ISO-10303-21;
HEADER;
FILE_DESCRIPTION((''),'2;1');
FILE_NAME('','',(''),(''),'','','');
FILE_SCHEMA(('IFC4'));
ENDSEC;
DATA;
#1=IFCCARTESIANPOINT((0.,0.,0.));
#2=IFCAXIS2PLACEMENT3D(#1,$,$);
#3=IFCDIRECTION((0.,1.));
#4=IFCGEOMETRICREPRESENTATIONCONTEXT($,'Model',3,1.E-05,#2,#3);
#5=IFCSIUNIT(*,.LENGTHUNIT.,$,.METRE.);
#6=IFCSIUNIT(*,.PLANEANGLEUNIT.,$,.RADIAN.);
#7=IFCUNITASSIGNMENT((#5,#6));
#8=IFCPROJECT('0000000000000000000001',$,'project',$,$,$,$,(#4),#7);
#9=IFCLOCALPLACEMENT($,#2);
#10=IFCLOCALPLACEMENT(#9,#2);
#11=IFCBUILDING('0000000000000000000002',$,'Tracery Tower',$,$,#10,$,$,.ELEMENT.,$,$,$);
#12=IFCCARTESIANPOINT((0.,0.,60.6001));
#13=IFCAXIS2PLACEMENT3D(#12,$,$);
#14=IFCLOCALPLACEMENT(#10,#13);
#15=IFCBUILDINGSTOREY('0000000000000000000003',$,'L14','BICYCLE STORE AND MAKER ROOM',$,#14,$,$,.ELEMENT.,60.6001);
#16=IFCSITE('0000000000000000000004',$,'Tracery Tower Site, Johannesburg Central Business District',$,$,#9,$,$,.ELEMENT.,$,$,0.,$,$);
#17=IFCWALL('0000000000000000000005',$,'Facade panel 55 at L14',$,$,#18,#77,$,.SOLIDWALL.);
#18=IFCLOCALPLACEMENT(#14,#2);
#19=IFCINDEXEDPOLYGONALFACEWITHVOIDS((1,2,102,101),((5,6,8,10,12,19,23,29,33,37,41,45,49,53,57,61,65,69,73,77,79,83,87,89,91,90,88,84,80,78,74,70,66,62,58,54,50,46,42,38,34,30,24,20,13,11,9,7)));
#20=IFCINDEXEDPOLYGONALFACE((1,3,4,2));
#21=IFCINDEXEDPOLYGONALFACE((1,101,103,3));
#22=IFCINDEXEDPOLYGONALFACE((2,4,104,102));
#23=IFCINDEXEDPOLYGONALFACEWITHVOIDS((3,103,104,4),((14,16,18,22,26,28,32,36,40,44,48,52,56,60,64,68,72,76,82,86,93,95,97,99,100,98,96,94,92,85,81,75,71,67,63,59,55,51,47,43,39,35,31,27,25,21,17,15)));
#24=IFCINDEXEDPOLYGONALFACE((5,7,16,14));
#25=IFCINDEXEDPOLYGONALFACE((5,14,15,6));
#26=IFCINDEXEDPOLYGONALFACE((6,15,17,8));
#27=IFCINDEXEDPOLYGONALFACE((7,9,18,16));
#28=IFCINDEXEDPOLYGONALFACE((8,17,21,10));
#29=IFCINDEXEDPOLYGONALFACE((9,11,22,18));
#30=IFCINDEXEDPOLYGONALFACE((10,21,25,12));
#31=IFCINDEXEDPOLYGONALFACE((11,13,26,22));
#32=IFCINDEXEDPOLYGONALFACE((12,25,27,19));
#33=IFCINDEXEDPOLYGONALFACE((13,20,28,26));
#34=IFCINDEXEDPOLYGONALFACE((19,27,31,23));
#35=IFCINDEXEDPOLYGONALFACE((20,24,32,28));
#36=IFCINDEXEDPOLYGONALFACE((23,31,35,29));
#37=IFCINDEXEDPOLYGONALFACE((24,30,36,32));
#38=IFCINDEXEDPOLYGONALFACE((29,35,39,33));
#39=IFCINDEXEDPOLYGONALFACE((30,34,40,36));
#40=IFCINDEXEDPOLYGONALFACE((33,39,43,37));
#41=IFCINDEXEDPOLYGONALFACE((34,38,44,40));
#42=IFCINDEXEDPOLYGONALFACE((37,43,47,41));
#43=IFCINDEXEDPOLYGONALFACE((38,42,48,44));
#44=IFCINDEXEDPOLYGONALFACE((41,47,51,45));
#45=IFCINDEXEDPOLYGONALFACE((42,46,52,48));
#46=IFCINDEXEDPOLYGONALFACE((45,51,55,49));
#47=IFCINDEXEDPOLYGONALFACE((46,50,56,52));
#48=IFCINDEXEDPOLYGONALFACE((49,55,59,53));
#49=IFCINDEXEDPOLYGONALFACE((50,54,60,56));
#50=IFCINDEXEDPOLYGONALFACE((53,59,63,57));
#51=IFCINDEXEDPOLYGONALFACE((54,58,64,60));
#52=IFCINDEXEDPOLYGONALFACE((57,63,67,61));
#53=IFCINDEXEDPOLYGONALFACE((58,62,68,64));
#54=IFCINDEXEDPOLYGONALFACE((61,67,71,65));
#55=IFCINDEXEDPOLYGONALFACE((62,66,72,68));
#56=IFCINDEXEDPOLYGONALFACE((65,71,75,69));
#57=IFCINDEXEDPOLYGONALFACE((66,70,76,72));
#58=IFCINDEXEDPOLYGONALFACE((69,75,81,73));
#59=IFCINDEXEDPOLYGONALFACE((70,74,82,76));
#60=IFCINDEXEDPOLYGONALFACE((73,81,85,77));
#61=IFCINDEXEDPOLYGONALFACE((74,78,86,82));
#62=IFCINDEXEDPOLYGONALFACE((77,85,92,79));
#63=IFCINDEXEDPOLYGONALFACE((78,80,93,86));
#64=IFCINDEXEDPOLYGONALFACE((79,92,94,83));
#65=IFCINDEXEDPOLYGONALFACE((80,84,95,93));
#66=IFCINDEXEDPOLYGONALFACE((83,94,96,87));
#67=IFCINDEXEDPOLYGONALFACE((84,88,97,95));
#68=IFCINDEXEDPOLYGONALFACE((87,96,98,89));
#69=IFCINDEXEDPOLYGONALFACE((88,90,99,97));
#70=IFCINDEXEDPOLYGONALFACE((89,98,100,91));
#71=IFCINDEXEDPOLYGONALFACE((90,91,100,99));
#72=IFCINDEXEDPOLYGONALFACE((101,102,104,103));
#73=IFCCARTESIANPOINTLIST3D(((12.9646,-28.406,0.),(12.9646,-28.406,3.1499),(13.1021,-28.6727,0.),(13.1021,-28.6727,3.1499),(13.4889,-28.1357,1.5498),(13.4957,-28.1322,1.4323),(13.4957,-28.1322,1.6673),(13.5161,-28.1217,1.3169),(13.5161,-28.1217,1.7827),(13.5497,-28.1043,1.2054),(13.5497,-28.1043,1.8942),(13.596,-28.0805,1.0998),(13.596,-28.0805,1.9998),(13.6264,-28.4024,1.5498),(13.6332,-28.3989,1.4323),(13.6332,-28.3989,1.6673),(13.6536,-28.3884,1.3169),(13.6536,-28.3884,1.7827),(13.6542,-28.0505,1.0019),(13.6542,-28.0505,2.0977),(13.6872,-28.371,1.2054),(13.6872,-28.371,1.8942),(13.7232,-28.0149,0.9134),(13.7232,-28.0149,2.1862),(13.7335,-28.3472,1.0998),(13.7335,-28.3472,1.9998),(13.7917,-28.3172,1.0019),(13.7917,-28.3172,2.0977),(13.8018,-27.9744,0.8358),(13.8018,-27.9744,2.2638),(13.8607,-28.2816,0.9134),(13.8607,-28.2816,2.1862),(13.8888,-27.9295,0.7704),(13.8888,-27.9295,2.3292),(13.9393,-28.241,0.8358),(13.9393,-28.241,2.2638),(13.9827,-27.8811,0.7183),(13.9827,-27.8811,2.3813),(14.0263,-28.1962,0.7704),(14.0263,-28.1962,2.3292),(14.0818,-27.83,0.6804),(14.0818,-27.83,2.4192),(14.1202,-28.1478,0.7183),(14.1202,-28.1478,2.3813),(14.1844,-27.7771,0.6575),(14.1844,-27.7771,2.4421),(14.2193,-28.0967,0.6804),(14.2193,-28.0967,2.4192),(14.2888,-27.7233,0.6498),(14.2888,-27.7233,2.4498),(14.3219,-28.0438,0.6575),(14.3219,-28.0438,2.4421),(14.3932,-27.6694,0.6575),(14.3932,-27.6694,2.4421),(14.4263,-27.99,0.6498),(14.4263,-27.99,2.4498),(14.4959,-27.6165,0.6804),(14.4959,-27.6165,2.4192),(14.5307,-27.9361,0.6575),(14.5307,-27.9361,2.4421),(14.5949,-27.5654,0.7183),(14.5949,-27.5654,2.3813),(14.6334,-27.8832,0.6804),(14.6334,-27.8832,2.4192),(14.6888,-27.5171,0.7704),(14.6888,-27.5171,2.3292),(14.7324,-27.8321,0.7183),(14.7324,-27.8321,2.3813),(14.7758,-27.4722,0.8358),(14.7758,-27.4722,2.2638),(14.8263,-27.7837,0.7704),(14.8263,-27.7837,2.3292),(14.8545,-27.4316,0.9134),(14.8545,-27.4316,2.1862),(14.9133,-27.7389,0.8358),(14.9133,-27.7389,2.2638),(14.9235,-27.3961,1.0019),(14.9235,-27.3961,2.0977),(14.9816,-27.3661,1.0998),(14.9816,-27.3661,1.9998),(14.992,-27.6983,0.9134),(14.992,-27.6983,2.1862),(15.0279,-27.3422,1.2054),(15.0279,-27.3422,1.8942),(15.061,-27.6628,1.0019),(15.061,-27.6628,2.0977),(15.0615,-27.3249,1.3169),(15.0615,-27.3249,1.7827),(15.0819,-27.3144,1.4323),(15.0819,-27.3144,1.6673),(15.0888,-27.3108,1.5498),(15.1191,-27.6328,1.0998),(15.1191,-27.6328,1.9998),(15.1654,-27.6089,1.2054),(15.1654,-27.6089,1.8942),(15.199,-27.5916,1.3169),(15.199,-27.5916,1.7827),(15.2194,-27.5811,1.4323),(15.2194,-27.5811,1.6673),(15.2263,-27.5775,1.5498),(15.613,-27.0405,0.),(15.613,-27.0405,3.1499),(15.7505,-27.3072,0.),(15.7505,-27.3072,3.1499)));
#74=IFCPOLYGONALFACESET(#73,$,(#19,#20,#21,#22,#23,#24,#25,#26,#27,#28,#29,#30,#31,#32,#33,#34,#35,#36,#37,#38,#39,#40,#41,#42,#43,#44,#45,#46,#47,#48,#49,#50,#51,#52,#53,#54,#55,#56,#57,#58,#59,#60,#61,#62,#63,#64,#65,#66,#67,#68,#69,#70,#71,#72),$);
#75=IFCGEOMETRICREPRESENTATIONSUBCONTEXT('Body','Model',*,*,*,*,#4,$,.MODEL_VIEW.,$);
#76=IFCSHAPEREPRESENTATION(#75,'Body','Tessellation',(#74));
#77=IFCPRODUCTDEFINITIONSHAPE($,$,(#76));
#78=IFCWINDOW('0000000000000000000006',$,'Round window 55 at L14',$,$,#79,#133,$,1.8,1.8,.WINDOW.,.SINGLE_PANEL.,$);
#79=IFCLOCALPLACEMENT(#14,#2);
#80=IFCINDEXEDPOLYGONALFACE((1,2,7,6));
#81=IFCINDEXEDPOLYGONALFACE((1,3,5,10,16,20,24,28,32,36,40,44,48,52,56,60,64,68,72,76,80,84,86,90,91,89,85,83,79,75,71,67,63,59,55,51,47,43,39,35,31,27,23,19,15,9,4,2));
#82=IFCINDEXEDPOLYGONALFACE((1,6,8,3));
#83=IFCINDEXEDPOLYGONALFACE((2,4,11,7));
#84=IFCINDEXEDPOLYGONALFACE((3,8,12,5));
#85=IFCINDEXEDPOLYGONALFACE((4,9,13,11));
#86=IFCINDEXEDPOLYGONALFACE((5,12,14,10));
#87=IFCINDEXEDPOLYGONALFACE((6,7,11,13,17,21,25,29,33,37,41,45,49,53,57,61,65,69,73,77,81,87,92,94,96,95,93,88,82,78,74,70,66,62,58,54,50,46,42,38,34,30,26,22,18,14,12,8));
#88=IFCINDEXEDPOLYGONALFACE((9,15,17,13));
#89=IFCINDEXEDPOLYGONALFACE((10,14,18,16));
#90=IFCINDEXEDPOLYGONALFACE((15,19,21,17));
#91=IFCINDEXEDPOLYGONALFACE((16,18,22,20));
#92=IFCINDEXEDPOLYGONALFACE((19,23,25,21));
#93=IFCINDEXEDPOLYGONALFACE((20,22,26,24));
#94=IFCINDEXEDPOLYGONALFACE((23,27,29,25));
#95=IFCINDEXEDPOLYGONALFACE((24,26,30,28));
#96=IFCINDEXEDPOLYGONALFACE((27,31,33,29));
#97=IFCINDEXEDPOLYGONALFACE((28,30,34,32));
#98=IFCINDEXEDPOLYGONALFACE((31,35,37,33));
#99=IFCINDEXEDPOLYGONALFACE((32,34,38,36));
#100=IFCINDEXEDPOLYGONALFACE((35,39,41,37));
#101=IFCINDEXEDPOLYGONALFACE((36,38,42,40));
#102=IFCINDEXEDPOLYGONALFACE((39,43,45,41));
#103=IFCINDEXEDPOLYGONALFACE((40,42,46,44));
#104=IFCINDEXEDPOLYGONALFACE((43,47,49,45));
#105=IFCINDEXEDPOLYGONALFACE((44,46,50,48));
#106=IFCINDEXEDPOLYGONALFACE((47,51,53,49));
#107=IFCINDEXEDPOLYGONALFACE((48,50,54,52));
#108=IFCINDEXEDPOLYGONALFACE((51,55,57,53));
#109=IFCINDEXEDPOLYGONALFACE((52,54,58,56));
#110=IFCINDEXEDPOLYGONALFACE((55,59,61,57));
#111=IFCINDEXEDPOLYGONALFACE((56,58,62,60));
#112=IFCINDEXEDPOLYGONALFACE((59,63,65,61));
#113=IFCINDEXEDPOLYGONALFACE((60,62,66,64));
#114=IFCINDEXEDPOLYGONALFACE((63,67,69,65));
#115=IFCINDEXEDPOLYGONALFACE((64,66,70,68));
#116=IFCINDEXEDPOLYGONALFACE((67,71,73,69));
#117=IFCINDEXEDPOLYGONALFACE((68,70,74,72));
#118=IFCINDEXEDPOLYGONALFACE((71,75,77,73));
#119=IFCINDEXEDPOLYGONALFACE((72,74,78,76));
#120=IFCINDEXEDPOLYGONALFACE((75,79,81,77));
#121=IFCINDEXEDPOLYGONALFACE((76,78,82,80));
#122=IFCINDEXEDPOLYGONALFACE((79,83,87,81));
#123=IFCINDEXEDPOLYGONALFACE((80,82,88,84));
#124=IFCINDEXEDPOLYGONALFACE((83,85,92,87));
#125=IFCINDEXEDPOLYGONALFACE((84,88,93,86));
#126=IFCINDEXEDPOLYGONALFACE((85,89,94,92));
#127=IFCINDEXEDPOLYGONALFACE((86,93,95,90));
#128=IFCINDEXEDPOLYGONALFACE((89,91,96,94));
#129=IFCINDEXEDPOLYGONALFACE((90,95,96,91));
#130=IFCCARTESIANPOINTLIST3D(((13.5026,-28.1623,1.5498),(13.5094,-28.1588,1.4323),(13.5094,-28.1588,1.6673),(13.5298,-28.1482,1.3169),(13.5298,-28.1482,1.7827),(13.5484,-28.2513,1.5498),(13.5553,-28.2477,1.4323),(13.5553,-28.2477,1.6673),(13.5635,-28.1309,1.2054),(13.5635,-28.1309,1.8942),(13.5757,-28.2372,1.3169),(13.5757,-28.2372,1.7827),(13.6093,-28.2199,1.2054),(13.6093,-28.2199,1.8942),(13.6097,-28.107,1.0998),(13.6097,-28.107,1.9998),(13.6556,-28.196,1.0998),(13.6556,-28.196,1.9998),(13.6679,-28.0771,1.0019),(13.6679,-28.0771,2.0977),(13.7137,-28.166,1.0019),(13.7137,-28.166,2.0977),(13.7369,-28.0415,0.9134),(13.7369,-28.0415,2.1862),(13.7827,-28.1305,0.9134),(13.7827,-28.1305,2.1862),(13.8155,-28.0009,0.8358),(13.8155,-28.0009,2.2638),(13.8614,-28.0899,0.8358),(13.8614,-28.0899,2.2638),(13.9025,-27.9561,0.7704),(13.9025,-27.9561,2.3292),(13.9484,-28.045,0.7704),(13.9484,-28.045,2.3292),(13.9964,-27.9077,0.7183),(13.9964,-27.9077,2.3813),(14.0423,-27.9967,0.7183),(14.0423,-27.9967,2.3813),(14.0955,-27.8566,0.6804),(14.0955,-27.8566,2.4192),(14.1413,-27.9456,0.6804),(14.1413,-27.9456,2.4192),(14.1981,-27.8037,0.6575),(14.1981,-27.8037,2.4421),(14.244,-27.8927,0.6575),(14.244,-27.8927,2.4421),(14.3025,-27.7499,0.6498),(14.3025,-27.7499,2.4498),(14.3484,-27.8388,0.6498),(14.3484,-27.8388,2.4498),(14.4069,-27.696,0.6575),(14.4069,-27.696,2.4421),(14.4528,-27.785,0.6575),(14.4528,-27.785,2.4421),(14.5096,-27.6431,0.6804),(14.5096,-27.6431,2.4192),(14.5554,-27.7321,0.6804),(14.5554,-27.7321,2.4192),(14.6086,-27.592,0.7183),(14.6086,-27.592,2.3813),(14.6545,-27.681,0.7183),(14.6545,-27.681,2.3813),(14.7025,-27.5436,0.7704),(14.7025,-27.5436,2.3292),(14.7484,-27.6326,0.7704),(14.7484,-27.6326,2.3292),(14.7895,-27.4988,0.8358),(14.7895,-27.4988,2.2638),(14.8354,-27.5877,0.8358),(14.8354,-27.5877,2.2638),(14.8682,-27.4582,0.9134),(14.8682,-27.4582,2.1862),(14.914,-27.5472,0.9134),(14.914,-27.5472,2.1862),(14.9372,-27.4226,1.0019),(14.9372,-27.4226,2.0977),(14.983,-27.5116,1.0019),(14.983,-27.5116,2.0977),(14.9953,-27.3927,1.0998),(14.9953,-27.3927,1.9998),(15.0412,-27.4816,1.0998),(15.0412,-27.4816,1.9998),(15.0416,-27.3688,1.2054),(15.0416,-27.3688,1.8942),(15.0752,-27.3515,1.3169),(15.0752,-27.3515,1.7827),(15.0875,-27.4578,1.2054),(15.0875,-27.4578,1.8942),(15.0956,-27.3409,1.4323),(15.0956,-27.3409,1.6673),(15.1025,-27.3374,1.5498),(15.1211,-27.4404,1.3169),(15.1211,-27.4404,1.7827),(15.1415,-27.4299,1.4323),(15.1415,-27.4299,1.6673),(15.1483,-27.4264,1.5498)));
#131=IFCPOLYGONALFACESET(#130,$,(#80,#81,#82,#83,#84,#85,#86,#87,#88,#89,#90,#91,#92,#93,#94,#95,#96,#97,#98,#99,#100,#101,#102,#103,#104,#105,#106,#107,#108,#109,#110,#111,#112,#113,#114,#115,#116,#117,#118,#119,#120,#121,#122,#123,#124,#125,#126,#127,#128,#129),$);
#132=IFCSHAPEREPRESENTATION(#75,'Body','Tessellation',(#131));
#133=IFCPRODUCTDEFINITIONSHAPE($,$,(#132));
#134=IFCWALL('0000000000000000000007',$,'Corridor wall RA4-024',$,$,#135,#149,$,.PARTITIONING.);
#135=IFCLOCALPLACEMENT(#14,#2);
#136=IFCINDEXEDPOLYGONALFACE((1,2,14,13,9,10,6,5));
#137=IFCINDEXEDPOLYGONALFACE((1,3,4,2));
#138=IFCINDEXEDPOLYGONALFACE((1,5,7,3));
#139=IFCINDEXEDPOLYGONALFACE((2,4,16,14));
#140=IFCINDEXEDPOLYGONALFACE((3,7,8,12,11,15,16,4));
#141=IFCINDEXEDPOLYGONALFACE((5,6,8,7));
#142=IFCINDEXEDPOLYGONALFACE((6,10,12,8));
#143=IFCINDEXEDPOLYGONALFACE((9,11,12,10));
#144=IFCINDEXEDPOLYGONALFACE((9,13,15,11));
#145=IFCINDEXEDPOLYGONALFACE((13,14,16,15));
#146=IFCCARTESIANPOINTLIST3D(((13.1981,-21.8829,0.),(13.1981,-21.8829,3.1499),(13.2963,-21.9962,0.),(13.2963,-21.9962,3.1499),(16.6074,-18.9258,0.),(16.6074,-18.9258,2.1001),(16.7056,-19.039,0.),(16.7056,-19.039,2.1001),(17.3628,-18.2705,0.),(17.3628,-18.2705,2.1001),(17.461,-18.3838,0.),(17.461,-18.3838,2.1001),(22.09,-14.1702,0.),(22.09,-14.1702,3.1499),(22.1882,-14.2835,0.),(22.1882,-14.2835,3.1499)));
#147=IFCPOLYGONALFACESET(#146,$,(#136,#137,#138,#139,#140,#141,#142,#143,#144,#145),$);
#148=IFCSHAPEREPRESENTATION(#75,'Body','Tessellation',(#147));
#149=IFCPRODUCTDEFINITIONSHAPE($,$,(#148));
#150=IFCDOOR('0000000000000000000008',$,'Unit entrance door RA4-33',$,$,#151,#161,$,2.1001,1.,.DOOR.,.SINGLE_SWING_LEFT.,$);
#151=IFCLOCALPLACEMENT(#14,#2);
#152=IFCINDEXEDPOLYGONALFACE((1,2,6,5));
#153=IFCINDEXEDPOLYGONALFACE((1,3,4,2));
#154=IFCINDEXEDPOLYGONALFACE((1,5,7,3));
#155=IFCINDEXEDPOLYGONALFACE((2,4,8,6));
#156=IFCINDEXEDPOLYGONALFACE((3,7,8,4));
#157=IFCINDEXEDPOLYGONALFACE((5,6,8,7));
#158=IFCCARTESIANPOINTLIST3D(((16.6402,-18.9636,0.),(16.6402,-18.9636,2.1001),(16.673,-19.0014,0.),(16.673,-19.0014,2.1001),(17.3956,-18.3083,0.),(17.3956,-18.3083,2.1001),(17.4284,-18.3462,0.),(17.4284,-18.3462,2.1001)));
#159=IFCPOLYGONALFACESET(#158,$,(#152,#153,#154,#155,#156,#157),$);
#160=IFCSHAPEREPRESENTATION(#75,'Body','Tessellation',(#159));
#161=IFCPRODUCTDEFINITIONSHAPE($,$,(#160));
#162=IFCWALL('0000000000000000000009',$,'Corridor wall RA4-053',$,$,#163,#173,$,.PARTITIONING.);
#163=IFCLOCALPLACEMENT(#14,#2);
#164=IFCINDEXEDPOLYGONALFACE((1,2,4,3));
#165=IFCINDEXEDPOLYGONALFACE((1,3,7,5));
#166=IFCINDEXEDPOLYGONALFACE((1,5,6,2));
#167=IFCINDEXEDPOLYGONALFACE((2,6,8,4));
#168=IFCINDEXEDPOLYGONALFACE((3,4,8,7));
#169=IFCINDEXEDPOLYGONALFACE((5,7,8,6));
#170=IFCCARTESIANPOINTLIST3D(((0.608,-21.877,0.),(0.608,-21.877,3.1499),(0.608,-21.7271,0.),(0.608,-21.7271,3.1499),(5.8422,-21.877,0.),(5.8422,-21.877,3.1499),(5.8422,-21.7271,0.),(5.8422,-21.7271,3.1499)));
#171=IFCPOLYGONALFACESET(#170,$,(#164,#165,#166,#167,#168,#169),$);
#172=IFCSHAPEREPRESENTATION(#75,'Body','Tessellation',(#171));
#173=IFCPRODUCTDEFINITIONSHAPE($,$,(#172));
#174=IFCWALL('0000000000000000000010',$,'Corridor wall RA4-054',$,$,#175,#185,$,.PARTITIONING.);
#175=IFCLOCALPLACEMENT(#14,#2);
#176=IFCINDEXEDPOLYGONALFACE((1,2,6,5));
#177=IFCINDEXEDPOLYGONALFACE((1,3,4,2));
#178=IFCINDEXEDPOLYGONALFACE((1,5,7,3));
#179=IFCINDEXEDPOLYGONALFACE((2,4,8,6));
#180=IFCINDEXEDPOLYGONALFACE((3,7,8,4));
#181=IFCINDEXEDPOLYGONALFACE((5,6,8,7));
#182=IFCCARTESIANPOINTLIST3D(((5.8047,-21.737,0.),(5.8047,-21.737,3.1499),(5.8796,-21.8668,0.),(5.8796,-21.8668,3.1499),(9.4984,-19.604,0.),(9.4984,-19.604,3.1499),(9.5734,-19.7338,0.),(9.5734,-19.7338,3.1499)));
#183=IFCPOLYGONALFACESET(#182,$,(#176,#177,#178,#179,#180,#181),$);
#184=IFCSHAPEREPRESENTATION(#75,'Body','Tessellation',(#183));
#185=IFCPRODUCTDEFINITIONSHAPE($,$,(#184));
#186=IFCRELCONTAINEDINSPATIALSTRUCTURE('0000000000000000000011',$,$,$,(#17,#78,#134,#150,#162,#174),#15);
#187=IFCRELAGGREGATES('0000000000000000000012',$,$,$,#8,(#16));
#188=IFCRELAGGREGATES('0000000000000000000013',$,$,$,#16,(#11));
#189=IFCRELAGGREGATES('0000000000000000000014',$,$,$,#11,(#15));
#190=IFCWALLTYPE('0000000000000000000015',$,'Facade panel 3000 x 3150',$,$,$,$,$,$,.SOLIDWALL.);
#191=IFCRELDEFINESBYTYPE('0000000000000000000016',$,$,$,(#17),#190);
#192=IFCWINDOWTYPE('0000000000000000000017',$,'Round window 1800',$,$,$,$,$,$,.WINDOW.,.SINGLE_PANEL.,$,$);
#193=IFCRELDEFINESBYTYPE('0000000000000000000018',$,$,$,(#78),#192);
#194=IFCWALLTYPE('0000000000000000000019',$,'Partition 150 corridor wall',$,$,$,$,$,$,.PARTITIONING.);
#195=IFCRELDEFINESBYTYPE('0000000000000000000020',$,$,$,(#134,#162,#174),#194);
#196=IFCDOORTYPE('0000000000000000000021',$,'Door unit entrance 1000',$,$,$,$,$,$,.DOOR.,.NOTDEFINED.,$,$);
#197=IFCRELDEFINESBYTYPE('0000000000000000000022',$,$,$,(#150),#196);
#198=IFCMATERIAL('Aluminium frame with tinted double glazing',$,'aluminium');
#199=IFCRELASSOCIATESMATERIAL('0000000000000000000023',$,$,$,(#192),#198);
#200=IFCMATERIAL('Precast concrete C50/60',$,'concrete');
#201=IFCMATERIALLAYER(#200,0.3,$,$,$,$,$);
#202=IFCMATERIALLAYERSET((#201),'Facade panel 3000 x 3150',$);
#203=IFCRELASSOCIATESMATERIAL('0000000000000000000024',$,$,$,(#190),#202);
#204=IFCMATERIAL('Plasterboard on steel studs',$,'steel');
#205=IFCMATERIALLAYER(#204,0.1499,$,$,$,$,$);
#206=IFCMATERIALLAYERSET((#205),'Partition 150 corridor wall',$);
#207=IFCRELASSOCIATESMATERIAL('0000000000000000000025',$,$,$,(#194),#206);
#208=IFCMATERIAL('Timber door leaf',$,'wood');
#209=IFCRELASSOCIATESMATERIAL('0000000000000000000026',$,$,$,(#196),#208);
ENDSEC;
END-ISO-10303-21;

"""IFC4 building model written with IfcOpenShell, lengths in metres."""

from ifc_helpers import new_model, si_unit, direction, frame, frame_2d, origin, origin_2d, place, context, subcontext, project, spatial, rectangle, circle, extrude, material, layer, layer_set, type_object, element, fill, save


model = new_model("IFC4")

# Units and contexts
model_context = context("Model", 3, precision=1e-05, world=origin(), true_north=direction((0.0, 1.0)))
body_context = subcontext(model_context, "Body", "Model", "MODEL_VIEW")
ifc_project = project(units=[si_unit("LENGTHUNIT", "METRE"), si_unit("PLANEANGLEUNIT", "RADIAN")], contexts=[model_context])

# Site, building, storey
site_placement = place(None, origin())
site = spatial("IfcSite", under=ifc_project, at=site_placement, Name="Tracery Tower Site, Johannesburg Central Business District", CompositionType="ELEMENT", RefElevation=0.0)
building_placement = place(site_placement, origin())
building = spatial("IfcBuilding", under=site, at=building_placement, Name="Tracery Tower", CompositionType="ELEMENT")
storey_placement = place(building_placement, frame((0.0, 0.0, 60.6001)))
storey = spatial("IfcBuildingStorey", under=building, at=storey_placement, Name="L14", Description="BICYCLE STORE AND MAKER ROOM", CompositionType="ELEMENT", Elevation=60.6001)

# Wall, opening, window
ifc_material_1 = material(Name="Aluminium frame with tinted double glazing", Category="aluminium")
window_type = type_object("IfcWindowType", Name="Round window 1800", PartitioningType="SINGLE_PANEL", PredefinedType="WINDOW", material=ifc_material_1)
ifc_material_2 = material(Name="Precast concrete C50/60", Category="concrete")
ifc_layer_1 = layer(ifc_material_2, 0.3)
ifc_layer_set_1 = layer_set([ifc_layer_1], Name="Facade panel 3000 x 3150")
wall_type_1 = type_object("IfcWallType", Name="Facade panel 3000 x 3150", PredefinedType="SOLIDWALL", material=ifc_layer_set_1)
wall_1_placement = place(storey_placement, frame((13.0334, -28.5393, 0.0), z_axis=(0.0, 0.0, 1.0), x_axis=(0.88882, 0.458257, 0.0)))
wall_1 = element("IfcWall", 1, at=wall_1_placement, inside=storey, type_object=wall_type_1, Name="Facade panel 55 at L14", PredefinedType="SOLIDWALL", context=body_context, shape_type="SweptSolid", body=[
    extrude(rectangle(XDim=2.9797, YDim=0.3, at=frame_2d((1.4897, 0.0))), origin(), (0.0, 0.0, 1.0), 3.1499),
])
opening_1_placement = place(wall_1_placement, frame((1.4897, 0.0, 1.5498)))
opening_1 = element("IfcOpeningElement", 2, at=opening_1_placement, cuts=wall_1, PredefinedType="OPENING", context=body_context, shape_type="SweptSolid", body=[
    extrude(circle(Radius=0.9, at=origin_2d()), frame((0.0, 0.1599, 0.0), z_axis=(0.0, -1.0, 0.0), x_axis=(1.0, 0.0, 0.0)), (0.0, 0.0, 1.0), 0.3201),
])
window_1_placement = place(opening_1_placement, origin())
window_1 = element("IfcWindow", 3, at=window_1_placement, inside=storey, type_object=window_type, Name="Round window 55 at L14", OverallHeight=1.8, OverallWidth=1.8, PartitioningType="SINGLE_PANEL", PredefinedType="WINDOW", context=body_context, shape_type="SweptSolid", body=[
    extrude(circle(Radius=0.9, at=origin_2d()), frame((0.0, 0.1201, 0.0), z_axis=(0.0, -1.0, 0.0), x_axis=(1.0, 0.0, 0.0)), (0.0, 0.0, 1.0), 0.1001),
])
fill(opening_1, window_1)

# Wall, opening, door
ifc_material_3 = material(Name="Plasterboard on steel studs", Category="steel")
ifc_layer_2 = layer(ifc_material_3, 0.1499)
ifc_layer_set_2 = layer_set([ifc_layer_2], Name="Partition 150 corridor wall")
wall_type_2 = type_object("IfcWallType", Name="Partition 150 corridor wall", PredefinedType="PARTITIONING", material=ifc_layer_set_2)
wall_2_placement = place(storey_placement, frame((13.2473, -21.9395, 0.0), z_axis=(0.0, 0.0, 1.0), x_axis=(0.755421, 0.65524, 0.0)))
wall_2 = element("IfcWall", 4, at=wall_2_placement, inside=storey, type_object=wall_type_2, Name="Corridor wall RA4-024", PredefinedType="PARTITIONING", context=body_context, shape_type="SweptSolid", body=[
    extrude(rectangle(XDim=11.7708, YDim=0.1499, at=frame_2d((5.8853, 0.0))), origin(), (0.0, 0.0, 1.0), 3.1499),
])
opening_2_placement = place(wall_2_placement, frame((4.5129, 0.0, 0.0)))
opening_2 = element("IfcOpeningElement", 5, at=opening_2_placement, cuts=wall_2, PredefinedType="OPENING", context=body_context, shape_type="SweptSolid", body=[
    extrude(rectangle(XDim=1.0, YDim=2.1001, at=frame_2d((0.5, 1.05))), frame((0.0, 0.075, 0.0), z_axis=(0.0, -1.0, 0.0), x_axis=(1.0, 0.0, 0.0)), (0.0, 0.0, 1.0), 0.1499),
])
ifc_material_4 = material(Name="Timber door leaf", Category="wood")
door_type = type_object("IfcDoorType", Name="Door unit entrance 1000", OperationType="NOTDEFINED", PredefinedType="DOOR", material=ifc_material_4)
door_1_placement = place(opening_2_placement, origin())
door_1 = element("IfcDoor", 6, at=door_1_placement, inside=storey, type_object=door_type, Name="Unit entrance door RA4-33", OperationType="SINGLE_SWING_LEFT", OverallHeight=2.1001, OverallWidth=1.0, PredefinedType="DOOR", context=body_context, shape_type="SweptSolid", body=[
    extrude(rectangle(XDim=1.0, YDim=2.1001, at=frame_2d((0.5, 1.05))), frame((0.0, 0.0249, 0.0), z_axis=(0.0, -1.0, 0.0), x_axis=(1.0, 0.0, 0.0)), (0.0, 0.0, 1.0), 0.05),
])
fill(opening_2, door_1)

# Walls
wall_3_placement = place(storey_placement, frame((0.6079, -21.802, 0.0), z_axis=(0.0, 0.0, 1.0), x_axis=(1.0, 0.0, 0.0)))
element("IfcWall", 7, at=wall_3_placement, inside=storey, type_object=wall_type_2, Name="Corridor wall RA4-053", PredefinedType="PARTITIONING", context=body_context, shape_type="SweptSolid", body=[
    extrude(rectangle(XDim=5.2341, YDim=0.1499, at=frame_2d((2.6172, 0.0))), origin(), (0.0, 0.0, 1.0), 3.1499),
])
wall_4_placement = place(storey_placement, frame((5.842, -21.802, 0.0), z_axis=(0.0, 0.0, 1.0), x_axis=(0.865984, 0.500073, 0.0)))
element("IfcWall", 8, at=wall_4_placement, inside=storey, type_object=wall_type_2, Name="Corridor wall RA4-054", PredefinedType="PARTITIONING", context=body_context, shape_type="SweptSolid", body=[
    extrude(rectangle(XDim=4.2654, YDim=0.1499, at=frame_2d((2.1328, 0.0))), origin(), (0.0, 0.0, 1.0), 3.1499),
])

save(model, "model.ifc")
